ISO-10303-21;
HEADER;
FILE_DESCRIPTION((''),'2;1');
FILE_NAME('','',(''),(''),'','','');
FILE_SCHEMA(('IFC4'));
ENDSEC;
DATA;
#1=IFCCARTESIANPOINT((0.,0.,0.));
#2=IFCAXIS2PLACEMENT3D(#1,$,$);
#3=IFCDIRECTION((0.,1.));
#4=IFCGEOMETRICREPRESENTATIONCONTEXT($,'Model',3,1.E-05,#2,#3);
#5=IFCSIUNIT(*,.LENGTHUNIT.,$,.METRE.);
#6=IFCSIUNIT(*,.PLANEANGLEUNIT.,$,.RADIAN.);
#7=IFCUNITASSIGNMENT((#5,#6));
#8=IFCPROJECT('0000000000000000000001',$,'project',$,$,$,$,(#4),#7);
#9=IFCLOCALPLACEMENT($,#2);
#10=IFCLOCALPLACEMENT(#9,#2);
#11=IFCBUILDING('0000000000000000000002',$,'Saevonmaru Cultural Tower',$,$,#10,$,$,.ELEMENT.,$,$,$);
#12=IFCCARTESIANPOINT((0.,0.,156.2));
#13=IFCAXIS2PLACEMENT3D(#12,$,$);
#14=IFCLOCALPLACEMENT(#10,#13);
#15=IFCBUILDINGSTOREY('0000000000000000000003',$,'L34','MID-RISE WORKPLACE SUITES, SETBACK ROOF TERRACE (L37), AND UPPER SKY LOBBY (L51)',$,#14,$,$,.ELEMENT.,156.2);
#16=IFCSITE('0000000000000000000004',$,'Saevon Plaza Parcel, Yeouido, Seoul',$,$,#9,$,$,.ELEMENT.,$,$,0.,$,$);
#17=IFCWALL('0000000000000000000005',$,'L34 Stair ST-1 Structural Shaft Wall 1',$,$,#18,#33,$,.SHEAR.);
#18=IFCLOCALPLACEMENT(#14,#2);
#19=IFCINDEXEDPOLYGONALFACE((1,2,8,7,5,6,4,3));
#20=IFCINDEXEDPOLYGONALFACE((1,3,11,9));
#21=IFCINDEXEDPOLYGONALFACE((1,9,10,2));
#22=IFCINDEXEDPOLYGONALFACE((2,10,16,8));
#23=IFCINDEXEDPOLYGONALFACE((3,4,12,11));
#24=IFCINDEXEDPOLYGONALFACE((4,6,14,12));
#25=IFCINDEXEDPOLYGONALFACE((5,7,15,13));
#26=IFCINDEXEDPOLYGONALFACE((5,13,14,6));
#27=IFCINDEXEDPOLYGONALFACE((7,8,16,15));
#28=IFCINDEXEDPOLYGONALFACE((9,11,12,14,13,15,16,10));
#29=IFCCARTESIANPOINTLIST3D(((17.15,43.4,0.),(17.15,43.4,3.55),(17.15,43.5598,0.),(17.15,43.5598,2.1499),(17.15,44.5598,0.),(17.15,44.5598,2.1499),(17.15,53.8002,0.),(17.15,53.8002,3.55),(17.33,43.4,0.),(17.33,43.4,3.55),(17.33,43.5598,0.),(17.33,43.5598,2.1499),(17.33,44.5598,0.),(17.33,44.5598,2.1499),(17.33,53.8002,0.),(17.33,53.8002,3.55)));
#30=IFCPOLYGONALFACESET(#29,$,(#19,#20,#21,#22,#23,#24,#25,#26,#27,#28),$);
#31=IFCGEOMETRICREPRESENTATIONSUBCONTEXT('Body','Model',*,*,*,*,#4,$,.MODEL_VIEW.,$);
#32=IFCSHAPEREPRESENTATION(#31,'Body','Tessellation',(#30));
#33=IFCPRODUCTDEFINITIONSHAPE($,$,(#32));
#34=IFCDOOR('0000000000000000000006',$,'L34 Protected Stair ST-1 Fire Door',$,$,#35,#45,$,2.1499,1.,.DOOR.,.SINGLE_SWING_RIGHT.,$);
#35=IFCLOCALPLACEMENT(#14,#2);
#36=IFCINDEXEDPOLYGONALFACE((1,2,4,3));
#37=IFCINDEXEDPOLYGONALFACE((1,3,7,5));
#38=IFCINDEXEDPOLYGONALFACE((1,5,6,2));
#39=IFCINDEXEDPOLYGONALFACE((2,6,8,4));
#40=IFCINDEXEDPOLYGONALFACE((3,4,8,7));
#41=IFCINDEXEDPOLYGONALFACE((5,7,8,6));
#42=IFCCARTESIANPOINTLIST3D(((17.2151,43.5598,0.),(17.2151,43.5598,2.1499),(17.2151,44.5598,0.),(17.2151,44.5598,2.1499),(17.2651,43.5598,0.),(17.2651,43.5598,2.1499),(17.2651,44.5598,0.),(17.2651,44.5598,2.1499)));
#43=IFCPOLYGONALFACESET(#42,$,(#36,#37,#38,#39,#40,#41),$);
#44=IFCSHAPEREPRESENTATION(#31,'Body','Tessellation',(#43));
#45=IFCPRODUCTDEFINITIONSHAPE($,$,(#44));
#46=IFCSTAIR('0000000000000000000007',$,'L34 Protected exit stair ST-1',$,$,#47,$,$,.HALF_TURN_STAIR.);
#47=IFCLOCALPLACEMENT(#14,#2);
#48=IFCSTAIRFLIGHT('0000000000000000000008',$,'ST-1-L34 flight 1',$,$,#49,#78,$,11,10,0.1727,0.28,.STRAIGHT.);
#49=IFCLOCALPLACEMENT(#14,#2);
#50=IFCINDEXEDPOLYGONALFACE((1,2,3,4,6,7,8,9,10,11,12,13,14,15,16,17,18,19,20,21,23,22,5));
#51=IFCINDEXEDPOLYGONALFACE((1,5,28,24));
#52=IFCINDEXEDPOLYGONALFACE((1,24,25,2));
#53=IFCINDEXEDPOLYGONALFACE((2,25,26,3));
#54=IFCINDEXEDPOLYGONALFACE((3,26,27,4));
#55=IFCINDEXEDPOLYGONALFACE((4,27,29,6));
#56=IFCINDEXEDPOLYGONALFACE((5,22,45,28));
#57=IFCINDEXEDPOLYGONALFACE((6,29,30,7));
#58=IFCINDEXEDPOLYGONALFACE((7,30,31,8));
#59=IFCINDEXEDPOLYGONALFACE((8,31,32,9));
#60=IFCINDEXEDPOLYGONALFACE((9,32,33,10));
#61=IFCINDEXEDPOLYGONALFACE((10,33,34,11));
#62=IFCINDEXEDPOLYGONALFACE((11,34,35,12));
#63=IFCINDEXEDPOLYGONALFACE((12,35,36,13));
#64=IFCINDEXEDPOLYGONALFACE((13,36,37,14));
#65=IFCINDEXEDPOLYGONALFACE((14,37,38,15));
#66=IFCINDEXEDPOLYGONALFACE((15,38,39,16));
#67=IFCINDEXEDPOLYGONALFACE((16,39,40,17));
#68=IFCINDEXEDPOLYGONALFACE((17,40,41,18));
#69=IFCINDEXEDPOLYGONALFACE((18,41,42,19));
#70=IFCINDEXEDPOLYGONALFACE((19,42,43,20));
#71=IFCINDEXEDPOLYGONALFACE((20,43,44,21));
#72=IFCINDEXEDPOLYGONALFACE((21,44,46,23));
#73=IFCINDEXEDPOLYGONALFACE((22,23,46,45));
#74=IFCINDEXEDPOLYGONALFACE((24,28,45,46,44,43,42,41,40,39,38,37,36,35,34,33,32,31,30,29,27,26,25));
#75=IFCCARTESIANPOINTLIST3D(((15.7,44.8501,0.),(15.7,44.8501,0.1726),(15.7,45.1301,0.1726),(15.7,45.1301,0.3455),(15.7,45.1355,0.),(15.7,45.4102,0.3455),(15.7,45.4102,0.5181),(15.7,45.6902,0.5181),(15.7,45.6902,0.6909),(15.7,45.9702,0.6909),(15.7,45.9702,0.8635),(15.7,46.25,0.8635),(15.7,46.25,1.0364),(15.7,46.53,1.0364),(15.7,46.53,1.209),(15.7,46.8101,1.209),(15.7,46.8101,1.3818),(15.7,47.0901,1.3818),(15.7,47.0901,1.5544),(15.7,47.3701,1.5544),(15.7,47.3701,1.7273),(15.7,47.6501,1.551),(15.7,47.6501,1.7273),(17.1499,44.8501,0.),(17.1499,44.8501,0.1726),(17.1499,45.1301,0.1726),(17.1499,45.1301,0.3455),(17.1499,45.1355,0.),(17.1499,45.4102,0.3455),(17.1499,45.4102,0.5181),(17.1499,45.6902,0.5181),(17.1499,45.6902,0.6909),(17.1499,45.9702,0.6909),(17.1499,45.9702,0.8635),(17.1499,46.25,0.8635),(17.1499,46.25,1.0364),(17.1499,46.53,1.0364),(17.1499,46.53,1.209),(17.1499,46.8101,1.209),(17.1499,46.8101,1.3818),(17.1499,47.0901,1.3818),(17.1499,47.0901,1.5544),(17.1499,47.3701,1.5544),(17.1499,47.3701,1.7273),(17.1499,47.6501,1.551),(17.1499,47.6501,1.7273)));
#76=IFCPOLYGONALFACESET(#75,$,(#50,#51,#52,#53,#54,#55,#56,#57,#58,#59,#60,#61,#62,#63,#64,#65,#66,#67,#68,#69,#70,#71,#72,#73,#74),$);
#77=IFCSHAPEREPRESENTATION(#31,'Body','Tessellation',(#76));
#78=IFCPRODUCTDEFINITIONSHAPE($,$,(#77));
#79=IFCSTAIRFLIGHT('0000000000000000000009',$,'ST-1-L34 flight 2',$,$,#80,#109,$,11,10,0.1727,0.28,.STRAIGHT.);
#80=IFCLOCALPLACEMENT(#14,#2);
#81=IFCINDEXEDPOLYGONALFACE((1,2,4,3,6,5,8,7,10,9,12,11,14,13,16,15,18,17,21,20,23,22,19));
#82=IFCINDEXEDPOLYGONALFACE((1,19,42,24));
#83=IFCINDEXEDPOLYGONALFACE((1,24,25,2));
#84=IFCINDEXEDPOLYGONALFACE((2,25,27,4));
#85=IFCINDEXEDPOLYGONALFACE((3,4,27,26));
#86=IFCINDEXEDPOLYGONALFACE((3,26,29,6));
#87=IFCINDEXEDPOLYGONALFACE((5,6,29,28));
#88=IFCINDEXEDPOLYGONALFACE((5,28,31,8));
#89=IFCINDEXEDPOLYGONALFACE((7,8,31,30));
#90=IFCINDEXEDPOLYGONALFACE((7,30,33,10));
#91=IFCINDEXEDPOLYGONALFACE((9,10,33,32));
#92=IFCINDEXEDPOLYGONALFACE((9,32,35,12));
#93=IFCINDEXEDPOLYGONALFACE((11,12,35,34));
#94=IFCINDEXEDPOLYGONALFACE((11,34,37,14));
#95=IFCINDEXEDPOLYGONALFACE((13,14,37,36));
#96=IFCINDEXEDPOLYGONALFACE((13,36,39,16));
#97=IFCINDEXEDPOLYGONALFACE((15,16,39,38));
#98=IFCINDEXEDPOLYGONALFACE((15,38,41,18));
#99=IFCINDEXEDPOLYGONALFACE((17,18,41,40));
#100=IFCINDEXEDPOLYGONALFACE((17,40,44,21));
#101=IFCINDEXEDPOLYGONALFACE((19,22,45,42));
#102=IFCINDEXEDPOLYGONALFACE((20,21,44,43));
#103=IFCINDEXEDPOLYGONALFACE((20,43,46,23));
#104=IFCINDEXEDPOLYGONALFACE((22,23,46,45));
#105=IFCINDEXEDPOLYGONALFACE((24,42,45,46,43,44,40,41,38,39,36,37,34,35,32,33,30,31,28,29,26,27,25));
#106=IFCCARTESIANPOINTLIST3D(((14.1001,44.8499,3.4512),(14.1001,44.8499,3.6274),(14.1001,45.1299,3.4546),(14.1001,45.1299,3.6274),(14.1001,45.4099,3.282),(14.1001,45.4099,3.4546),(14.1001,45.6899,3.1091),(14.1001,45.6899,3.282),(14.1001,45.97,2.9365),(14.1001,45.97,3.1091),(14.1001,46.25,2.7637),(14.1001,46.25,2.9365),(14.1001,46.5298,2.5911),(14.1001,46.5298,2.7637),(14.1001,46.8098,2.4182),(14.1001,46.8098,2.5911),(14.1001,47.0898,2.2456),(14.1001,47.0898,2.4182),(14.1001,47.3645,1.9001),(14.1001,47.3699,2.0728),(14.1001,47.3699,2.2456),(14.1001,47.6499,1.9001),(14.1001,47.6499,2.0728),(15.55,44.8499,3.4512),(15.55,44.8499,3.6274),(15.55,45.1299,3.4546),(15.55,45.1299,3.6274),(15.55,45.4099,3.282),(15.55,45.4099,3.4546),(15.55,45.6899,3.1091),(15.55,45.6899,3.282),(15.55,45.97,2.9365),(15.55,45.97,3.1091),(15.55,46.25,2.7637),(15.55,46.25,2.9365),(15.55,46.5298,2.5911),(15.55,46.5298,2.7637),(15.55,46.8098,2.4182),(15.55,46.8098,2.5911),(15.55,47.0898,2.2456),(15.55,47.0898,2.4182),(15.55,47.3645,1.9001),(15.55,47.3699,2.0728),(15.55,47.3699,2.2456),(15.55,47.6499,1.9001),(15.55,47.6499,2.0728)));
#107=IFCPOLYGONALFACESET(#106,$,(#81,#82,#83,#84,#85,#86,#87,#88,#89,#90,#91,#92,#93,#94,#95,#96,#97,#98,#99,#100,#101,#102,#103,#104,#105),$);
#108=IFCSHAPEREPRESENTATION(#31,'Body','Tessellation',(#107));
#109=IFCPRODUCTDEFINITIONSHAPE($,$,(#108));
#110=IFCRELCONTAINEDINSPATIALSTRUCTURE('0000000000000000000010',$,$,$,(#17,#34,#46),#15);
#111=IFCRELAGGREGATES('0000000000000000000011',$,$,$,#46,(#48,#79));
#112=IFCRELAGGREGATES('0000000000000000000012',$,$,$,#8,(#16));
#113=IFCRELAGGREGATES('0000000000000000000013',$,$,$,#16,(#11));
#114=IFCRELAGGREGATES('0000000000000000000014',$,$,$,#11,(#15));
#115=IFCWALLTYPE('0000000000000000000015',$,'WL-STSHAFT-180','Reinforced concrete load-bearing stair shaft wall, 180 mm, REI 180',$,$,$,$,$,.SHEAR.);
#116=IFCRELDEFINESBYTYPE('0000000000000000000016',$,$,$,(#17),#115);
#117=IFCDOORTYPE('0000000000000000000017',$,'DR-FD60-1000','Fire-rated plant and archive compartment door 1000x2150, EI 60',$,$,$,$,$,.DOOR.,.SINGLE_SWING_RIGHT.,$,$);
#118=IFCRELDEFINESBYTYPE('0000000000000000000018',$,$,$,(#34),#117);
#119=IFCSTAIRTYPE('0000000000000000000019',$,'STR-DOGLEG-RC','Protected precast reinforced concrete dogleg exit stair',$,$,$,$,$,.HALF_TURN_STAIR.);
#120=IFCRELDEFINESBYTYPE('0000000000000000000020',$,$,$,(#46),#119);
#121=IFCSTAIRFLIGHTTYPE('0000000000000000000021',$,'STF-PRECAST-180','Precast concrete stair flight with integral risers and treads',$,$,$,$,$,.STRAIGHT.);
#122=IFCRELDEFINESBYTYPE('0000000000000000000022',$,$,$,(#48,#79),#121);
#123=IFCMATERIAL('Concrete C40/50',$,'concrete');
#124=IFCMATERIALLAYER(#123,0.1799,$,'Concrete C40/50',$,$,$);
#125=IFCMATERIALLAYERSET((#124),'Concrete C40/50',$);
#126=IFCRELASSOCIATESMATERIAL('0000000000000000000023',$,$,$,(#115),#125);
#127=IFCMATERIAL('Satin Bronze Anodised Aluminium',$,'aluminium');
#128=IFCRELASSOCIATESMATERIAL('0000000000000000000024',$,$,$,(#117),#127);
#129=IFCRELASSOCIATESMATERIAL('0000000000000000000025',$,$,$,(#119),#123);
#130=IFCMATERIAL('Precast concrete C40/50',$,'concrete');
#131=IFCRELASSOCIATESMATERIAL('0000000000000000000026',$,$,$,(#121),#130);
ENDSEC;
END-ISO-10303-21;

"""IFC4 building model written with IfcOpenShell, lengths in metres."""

from ifc_helpers import new_model, si_unit, direction, frame, frame_2d, origin, place, context, subcontext, project, spatial, polyline, rectangle, outline, extrude, material, layer, layer_set, type_object, element, fill, aggregate, save


model = new_model("IFC4")

# Units and contexts
model_context = context("Model", 3, precision=1e-05, world=origin(), true_north=direction((0.0, 1.0)))
body_context = subcontext(model_context, "Body", "Model", "MODEL_VIEW")
ifc_project = project(units=[si_unit("LENGTHUNIT", "METRE"), si_unit("PLANEANGLEUNIT", "RADIAN")], contexts=[model_context])

# Site, building, storey
site_placement = place(None, origin())
site = spatial("IfcSite", under=ifc_project, at=site_placement, Name="Saevon Plaza Parcel, Yeouido, Seoul", CompositionType="ELEMENT", RefElevation=0.0)
building_placement = place(site_placement, origin())
building = spatial("IfcBuilding", under=site, at=building_placement, Name="Saevonmaru Cultural Tower", CompositionType="ELEMENT")
storey_placement = place(building_placement, frame((0.0, 0.0, 156.2)))
storey = spatial("IfcBuildingStorey", under=building, at=storey_placement, Name="L34", Description="MID-RISE WORKPLACE SUITES, SETBACK ROOF TERRACE (L37), AND UPPER SKY LOBBY (L51)", CompositionType="ELEMENT", Elevation=156.2)

# Shared definitions
ifc_material_1 = material(Name="Satin Bronze Anodised Aluminium", Category="aluminium")

# Shared definitions
ifc_material_2 = material(Name="Concrete C40/50", Category="concrete")

# Wall, opening, door
ifc_layer_1 = layer(ifc_material_2, 0.1799, Name="Concrete C40/50")
ifc_layer_set_1 = layer_set([ifc_layer_1], Name="Concrete C40/50")
wall_type_1 = type_object("IfcWallType", Name="WL-STSHAFT-180", Description="Reinforced concrete load-bearing stair shaft wall, 180 mm, REI 180", PredefinedType="SHEAR", material=ifc_layer_set_1)
wall_1_placement = place(storey_placement, frame((17.24, 43.3999, 0.0), z_axis=(0.0, 0.0, 1.0), x_axis=(0.0, 1.0, 0.0)))
wall_1 = element("IfcWall", 1, at=wall_1_placement, inside=storey, type_object=wall_type_1, Name="L34 Stair ST-1 Structural Shaft Wall 1", PredefinedType="SHEAR", context=body_context, shape_type="SweptSolid", body=[
    extrude(rectangle(XDim=10.4001, YDim=0.1799, at=frame_2d((5.2002, 0.0))), origin(), (0.0, 0.0, 1.0), 3.55),
])
opening_1_placement = place(wall_1_placement, frame((0.1599, 0.0, 0.0)))
opening_1 = element("IfcOpeningElement", 2, at=opening_1_placement, cuts=wall_1, PredefinedType="OPENING", context=body_context, shape_type="SweptSolid", body=[
    extrude(rectangle(XDim=1.0, YDim=2.1499, at=frame_2d((0.5, 1.075))), frame((0.0, 0.1001, 0.0), z_axis=(0.0, -1.0, 0.0), x_axis=(1.0, 0.0, 0.0)), (0.0, 0.0, 1.0), 0.2),
])
door_type_1 = type_object("IfcDoorType", Name="DR-FD60-1000", Description="Fire-rated plant and archive compartment door 1000x2150, EI 60", OperationType="SINGLE_SWING_RIGHT", PredefinedType="DOOR", material=ifc_material_1)
door_1_placement = place(opening_1_placement, origin())
door_1 = element("IfcDoor", 3, at=door_1_placement, inside=storey, type_object=door_type_1, Name="L34 Protected Stair ST-1 Fire Door", OperationType="SINGLE_SWING_RIGHT", OverallHeight=2.1499, OverallWidth=1.0, PredefinedType="DOOR", context=body_context, shape_type="SweptSolid", body=[
    extrude(rectangle(XDim=1.0, YDim=2.1499, at=frame_2d((0.5, 1.075))), frame((0.0, 0.0249, 0.0), z_axis=(0.0, -1.0, 0.0), x_axis=(1.0, 0.0, 0.0)), (0.0, 0.0, 1.0), 0.05),
])
fill(opening_1, door_1)

# Stair, stair flights
stair_type = type_object("IfcStairType", Name="STR-DOGLEG-RC", Description="Protected precast reinforced concrete dogleg exit stair", PredefinedType="HALF_TURN_STAIR", material=ifc_material_2)
stair_placement = place(storey_placement, origin())
stair = element("IfcStair", 4, at=stair_placement, inside=storey, type_object=stair_type, Name="L34 Protected exit stair ST-1", PredefinedType="HALF_TURN_STAIR")
ifc_material_3 = material(Name="Precast concrete C40/50", Category="concrete")
stair_flight_type = type_object("IfcStairFlightType", Name="STF-PRECAST-180", Description="Precast concrete stair flight with integral risers and treads", PredefinedType="STRAIGHT", material=ifc_material_3)
stair_flight_1_placement = place(storey_placement, frame((16.425, 44.8501, 0.0), z_axis=(0.0, 0.0, 1.0), x_axis=(0.0, 1.0, 0.0)))
stair_flight_1 = element("IfcStairFlight", 5, at=stair_flight_1_placement, type_object=stair_flight_type, Name="ST-1-L34 flight 1", NumberOfRisers=11, NumberOfTreads=10, PredefinedType="STRAIGHT", RiserHeight=0.1727, TreadLength=0.28, context=body_context, shape_type="SweptSolid", body=[
    extrude(outline(polyline([(0.0, 0.0), (0.0, 0.1726), (0.28, 0.1726), (0.28, 0.3455), (0.5601, 0.3455), (0.5601, 0.5181), (0.8401, 0.5181), (0.8401, 0.6909), (1.1201, 0.6909), (1.1201, 0.8635), (1.3999, 0.8635), (1.3999, 1.0364), (1.6799, 1.0364), (1.6799, 1.209), (1.96, 1.209), (1.96, 1.3818), (2.24, 1.3818), (2.24, 1.5544), (2.52, 1.5544), (2.52, 1.7273), (2.8, 1.7273), (2.8, 1.8999), (2.8, 1.551), (0.2854, 0.0), (0.0, 0.0)])), frame((0.0, 0.7251, 0.0), z_axis=(0.0, -1.0, 0.0), x_axis=(1.0, 0.0, 0.0)), (0.0, 0.0, 1.0), 1.45),
])
stair_flight_2_placement = place(storey_placement, frame((14.825, 47.6499, 1.9001), z_axis=(0.0, 0.0, 1.0), x_axis=(0.0, -1.0, 0.0)))
stair_flight_2 = element("IfcStairFlight", 6, at=stair_flight_2_placement, type_object=stair_flight_type, Name="ST-1-L34 flight 2", NumberOfRisers=11, NumberOfTreads=10, PredefinedType="STRAIGHT", RiserHeight=0.1727, TreadLength=0.28, context=body_context, shape_type="SweptSolid", body=[
    extrude(outline(polyline([(0.0, 0.0), (0.0, 0.1726), (0.28, 0.1726), (0.28, 0.3455), (0.5601, 0.3455), (0.5601, 0.5181), (0.8401, 0.5181), (0.8401, 0.6909), (1.1201, 0.6909), (1.1201, 0.8635), (1.3999, 0.8635), (1.3999, 1.0364), (1.6799, 1.0364), (1.6799, 1.209), (1.96, 1.209), (1.96, 1.3818), (2.24, 1.3818), (2.24, 1.5544), (2.52, 1.5544), (2.52, 1.7273), (2.8, 1.7273), (2.8, 1.8999), (2.8, 1.551), (0.2854, 0.0), (0.0, 0.0)])), frame((0.0, 0.7251, 0.0), z_axis=(0.0, -1.0, 0.0), x_axis=(1.0, 0.0, 0.0)), (0.0, 0.0, 1.0), 1.45),
])
aggregate(stair, [stair_flight_1, stair_flight_2])

save(model, "model.ifc")
